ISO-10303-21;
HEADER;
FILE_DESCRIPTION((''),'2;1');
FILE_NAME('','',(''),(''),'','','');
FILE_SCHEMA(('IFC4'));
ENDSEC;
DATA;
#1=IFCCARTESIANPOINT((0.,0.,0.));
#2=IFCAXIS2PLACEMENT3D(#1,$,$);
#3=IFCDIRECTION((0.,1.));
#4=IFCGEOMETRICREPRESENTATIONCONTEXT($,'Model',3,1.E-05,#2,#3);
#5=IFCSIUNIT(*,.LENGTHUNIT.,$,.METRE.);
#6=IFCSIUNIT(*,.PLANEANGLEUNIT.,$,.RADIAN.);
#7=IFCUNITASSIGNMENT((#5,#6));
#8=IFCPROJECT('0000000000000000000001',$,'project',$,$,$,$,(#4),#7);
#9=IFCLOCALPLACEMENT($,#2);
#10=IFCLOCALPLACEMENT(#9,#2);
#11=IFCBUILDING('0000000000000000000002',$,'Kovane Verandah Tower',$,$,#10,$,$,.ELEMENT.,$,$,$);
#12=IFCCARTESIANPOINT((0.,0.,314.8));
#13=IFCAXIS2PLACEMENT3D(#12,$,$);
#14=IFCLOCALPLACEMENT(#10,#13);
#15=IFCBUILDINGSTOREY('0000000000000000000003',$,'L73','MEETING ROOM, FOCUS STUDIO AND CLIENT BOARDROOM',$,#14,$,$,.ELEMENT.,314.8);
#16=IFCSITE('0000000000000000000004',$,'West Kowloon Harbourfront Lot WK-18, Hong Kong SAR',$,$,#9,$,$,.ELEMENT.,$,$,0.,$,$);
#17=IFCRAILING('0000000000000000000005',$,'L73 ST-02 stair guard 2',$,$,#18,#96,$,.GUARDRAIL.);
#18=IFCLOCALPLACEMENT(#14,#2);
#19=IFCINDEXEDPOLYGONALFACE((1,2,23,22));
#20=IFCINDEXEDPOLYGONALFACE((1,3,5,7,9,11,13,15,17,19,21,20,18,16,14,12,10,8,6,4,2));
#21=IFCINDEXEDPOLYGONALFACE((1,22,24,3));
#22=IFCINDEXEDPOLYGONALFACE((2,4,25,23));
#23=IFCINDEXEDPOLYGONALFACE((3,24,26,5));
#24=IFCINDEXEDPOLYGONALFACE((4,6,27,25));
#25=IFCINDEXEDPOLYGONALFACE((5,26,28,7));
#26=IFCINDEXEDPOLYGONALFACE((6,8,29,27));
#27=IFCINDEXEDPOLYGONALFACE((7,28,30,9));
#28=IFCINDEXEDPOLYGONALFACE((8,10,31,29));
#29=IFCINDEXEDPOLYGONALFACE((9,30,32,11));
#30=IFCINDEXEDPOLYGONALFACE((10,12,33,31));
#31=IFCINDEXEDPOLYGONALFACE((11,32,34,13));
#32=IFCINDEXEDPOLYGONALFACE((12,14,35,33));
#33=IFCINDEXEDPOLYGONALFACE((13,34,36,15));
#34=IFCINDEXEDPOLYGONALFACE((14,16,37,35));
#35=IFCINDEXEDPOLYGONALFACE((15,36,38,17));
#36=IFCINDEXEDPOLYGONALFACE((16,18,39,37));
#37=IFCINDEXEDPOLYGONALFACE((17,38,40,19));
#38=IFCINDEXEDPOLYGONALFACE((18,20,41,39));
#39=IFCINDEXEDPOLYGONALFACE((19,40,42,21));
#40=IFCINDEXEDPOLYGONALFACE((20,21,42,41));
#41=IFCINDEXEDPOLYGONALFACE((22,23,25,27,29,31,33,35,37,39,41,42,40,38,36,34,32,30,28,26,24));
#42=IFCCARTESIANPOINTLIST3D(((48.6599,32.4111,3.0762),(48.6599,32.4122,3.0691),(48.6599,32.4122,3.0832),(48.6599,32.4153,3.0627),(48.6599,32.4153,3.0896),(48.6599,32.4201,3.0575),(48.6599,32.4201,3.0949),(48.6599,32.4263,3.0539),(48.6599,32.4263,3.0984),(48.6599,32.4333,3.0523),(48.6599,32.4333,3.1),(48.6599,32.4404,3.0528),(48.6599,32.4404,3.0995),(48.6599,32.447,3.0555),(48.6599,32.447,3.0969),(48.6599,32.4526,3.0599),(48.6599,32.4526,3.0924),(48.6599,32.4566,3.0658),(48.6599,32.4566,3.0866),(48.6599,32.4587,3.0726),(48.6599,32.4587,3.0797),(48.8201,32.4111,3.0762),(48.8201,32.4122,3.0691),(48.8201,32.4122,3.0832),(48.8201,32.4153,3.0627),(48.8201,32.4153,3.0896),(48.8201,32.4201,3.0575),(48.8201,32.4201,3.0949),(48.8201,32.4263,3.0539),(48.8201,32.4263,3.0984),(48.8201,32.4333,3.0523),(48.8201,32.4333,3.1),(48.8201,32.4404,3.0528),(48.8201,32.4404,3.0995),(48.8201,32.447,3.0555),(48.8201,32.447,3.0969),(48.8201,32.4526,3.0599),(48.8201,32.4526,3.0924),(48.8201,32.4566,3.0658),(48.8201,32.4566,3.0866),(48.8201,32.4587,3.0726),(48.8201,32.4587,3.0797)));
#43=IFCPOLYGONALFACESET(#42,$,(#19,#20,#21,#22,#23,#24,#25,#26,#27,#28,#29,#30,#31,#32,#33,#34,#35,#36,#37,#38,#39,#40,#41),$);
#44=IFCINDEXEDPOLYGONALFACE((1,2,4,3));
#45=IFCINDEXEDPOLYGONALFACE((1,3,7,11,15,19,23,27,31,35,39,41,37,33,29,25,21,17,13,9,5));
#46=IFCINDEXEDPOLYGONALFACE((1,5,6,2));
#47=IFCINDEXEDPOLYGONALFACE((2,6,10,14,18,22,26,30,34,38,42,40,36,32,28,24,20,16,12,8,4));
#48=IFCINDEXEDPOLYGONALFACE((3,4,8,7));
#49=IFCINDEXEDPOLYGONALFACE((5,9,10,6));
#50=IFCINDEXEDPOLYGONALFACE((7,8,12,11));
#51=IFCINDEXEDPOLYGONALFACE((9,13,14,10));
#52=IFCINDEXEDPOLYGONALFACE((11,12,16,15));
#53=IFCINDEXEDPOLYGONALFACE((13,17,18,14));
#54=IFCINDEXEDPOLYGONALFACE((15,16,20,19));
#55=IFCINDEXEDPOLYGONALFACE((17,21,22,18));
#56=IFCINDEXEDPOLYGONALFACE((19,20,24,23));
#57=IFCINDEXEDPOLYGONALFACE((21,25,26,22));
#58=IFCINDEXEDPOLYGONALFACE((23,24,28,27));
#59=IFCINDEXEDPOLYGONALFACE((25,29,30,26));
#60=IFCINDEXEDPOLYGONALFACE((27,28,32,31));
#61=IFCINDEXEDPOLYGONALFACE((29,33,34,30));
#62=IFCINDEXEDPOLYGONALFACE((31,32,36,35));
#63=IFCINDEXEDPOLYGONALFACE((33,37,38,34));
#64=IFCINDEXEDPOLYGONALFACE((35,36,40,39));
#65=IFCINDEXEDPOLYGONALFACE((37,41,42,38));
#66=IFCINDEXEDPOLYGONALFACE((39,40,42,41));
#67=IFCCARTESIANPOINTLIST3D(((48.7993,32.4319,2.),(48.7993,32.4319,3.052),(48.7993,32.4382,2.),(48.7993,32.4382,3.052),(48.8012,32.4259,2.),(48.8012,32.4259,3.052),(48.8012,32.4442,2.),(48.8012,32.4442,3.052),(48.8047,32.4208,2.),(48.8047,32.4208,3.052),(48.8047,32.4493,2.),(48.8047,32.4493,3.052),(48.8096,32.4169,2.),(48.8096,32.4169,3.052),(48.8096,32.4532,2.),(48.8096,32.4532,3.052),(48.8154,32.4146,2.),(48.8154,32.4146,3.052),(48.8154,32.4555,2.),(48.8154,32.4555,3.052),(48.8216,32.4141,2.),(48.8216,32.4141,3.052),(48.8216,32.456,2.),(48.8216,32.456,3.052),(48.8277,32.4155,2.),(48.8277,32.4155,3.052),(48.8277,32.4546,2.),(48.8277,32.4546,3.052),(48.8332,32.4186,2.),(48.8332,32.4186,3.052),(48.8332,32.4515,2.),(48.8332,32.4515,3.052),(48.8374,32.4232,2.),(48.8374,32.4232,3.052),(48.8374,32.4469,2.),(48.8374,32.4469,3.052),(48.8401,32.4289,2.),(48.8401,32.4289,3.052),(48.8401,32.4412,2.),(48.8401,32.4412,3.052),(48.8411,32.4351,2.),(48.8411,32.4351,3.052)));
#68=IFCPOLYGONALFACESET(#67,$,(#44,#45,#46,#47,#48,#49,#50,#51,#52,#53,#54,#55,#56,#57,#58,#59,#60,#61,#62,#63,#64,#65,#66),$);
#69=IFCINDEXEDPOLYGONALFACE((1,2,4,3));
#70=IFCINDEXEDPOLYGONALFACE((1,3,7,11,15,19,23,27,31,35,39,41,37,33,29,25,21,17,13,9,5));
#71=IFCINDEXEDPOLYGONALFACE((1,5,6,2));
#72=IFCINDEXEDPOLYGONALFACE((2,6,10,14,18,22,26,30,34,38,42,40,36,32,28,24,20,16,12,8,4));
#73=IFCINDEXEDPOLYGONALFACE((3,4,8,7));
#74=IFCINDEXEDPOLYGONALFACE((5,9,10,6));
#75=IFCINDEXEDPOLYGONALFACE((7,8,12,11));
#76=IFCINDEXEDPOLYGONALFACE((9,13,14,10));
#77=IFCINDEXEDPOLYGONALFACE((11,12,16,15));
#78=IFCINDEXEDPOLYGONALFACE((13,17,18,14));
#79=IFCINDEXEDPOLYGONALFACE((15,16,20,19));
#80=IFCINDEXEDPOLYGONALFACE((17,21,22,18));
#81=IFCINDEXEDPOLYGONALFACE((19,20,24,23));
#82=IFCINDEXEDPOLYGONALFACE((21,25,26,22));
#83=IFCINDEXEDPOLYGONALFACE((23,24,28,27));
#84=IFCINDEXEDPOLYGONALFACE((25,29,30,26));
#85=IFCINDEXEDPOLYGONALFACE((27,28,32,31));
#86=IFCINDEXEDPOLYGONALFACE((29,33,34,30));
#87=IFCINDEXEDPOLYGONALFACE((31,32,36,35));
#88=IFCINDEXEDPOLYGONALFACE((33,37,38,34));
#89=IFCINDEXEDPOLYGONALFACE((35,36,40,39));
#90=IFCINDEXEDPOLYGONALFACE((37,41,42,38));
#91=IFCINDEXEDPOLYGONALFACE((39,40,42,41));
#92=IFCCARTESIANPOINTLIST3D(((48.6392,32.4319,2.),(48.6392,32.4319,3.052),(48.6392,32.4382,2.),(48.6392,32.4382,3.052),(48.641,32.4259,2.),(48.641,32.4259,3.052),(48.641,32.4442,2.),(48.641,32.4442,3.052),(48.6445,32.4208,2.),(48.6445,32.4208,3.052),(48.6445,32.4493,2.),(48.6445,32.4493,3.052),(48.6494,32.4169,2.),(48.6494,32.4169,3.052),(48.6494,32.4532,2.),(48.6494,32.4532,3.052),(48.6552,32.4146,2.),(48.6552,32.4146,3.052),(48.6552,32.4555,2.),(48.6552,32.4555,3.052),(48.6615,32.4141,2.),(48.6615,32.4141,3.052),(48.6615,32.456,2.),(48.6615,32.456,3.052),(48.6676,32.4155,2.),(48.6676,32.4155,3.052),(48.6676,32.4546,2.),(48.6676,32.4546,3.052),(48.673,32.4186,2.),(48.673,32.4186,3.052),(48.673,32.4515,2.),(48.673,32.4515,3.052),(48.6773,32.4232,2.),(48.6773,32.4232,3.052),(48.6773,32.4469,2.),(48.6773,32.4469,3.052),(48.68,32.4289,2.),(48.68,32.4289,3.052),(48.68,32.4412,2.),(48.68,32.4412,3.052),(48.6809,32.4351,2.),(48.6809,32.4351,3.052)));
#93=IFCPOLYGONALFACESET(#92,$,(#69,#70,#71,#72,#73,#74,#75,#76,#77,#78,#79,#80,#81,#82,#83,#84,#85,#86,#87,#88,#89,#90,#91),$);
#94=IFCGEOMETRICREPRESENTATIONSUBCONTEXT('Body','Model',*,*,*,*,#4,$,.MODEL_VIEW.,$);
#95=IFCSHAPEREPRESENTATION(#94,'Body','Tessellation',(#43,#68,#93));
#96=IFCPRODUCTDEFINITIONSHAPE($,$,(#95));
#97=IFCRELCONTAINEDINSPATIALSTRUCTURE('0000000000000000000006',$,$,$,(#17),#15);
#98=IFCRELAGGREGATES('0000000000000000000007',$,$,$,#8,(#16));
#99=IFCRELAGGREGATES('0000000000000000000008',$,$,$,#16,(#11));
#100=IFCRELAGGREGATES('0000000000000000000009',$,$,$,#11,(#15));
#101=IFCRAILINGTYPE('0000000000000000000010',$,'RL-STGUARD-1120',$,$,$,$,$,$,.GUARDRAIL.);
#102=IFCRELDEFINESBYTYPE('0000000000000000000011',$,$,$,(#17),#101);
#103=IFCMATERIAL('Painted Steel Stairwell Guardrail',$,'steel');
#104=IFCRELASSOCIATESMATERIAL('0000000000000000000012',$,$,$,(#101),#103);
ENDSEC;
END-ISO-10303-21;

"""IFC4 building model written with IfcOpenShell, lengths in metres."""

from ifc_helpers import new_model, si_unit, direction, frame, origin, origin_2d, place, context, subcontext, project, spatial, circle, extrude, material, type_object, element, save


model = new_model("IFC4")

# Units and contexts
model_context = context("Model", 3, precision=1e-05, world=origin(), true_north=direction((0.0, 1.0)))
body_context = subcontext(model_context, "Body", "Model", "MODEL_VIEW")
ifc_project = project(units=[si_unit("LENGTHUNIT", "METRE"), si_unit("PLANEANGLEUNIT", "RADIAN")], contexts=[model_context])

# Site, building, storey
site_placement = place(None, origin())
site = spatial("IfcSite", under=ifc_project, at=site_placement, Name="West Kowloon Harbourfront Lot WK-18, Hong Kong SAR", CompositionType="ELEMENT", RefElevation=0.0)
building_placement = place(site_placement, origin())
building = spatial("IfcBuilding", under=site, at=building_placement, Name="Kovane Verandah Tower", CompositionType="ELEMENT")
storey_placement = place(building_placement, frame((0.0, 0.0, 314.8)))
storey = spatial("IfcBuildingStorey", under=building, at=storey_placement, Name="L73", Description="MEETING ROOM, FOCUS STUDIO AND CLIENT BOARDROOM", CompositionType="ELEMENT", Elevation=314.8)

# Railing
ifc_material_1 = material(Name="Painted Steel Stairwell Guardrail", Category="steel")
railing_type_1 = type_object("IfcRailingType", Name="RL-STGUARD-1120", PredefinedType="GUARDRAIL", material=ifc_material_1)
railing_1_placement = place(storey_placement, frame((48.8201, 32.4351, 2.0)))
element("IfcRailing", 1, at=railing_1_placement, inside=storey, type_object=railing_type_1, Name="L73 ST-02 stair guard 2", PredefinedType="GUARDRAIL", context=body_context, shape_type="SweptSolid", body=[
    extrude(circle(Radius=0.0239, at=origin_2d()), frame((0.0, 0.0, 1.0762), z_axis=(-1.0, 0.0, 0.0), x_axis=(0.0, -1.0, 0.0)), (0.0, 0.0, 1.0), 0.1602),
    extrude(circle(Radius=0.021, at=origin_2d()), origin(), (0.0, 0.0, 1.0), 1.052),
    extrude(circle(Radius=0.021, at=origin_2d()), frame((-0.1602, 0.0, 0.0)), (0.0, 0.0, 1.0), 1.052),
])

save(model, "model.ifc")
